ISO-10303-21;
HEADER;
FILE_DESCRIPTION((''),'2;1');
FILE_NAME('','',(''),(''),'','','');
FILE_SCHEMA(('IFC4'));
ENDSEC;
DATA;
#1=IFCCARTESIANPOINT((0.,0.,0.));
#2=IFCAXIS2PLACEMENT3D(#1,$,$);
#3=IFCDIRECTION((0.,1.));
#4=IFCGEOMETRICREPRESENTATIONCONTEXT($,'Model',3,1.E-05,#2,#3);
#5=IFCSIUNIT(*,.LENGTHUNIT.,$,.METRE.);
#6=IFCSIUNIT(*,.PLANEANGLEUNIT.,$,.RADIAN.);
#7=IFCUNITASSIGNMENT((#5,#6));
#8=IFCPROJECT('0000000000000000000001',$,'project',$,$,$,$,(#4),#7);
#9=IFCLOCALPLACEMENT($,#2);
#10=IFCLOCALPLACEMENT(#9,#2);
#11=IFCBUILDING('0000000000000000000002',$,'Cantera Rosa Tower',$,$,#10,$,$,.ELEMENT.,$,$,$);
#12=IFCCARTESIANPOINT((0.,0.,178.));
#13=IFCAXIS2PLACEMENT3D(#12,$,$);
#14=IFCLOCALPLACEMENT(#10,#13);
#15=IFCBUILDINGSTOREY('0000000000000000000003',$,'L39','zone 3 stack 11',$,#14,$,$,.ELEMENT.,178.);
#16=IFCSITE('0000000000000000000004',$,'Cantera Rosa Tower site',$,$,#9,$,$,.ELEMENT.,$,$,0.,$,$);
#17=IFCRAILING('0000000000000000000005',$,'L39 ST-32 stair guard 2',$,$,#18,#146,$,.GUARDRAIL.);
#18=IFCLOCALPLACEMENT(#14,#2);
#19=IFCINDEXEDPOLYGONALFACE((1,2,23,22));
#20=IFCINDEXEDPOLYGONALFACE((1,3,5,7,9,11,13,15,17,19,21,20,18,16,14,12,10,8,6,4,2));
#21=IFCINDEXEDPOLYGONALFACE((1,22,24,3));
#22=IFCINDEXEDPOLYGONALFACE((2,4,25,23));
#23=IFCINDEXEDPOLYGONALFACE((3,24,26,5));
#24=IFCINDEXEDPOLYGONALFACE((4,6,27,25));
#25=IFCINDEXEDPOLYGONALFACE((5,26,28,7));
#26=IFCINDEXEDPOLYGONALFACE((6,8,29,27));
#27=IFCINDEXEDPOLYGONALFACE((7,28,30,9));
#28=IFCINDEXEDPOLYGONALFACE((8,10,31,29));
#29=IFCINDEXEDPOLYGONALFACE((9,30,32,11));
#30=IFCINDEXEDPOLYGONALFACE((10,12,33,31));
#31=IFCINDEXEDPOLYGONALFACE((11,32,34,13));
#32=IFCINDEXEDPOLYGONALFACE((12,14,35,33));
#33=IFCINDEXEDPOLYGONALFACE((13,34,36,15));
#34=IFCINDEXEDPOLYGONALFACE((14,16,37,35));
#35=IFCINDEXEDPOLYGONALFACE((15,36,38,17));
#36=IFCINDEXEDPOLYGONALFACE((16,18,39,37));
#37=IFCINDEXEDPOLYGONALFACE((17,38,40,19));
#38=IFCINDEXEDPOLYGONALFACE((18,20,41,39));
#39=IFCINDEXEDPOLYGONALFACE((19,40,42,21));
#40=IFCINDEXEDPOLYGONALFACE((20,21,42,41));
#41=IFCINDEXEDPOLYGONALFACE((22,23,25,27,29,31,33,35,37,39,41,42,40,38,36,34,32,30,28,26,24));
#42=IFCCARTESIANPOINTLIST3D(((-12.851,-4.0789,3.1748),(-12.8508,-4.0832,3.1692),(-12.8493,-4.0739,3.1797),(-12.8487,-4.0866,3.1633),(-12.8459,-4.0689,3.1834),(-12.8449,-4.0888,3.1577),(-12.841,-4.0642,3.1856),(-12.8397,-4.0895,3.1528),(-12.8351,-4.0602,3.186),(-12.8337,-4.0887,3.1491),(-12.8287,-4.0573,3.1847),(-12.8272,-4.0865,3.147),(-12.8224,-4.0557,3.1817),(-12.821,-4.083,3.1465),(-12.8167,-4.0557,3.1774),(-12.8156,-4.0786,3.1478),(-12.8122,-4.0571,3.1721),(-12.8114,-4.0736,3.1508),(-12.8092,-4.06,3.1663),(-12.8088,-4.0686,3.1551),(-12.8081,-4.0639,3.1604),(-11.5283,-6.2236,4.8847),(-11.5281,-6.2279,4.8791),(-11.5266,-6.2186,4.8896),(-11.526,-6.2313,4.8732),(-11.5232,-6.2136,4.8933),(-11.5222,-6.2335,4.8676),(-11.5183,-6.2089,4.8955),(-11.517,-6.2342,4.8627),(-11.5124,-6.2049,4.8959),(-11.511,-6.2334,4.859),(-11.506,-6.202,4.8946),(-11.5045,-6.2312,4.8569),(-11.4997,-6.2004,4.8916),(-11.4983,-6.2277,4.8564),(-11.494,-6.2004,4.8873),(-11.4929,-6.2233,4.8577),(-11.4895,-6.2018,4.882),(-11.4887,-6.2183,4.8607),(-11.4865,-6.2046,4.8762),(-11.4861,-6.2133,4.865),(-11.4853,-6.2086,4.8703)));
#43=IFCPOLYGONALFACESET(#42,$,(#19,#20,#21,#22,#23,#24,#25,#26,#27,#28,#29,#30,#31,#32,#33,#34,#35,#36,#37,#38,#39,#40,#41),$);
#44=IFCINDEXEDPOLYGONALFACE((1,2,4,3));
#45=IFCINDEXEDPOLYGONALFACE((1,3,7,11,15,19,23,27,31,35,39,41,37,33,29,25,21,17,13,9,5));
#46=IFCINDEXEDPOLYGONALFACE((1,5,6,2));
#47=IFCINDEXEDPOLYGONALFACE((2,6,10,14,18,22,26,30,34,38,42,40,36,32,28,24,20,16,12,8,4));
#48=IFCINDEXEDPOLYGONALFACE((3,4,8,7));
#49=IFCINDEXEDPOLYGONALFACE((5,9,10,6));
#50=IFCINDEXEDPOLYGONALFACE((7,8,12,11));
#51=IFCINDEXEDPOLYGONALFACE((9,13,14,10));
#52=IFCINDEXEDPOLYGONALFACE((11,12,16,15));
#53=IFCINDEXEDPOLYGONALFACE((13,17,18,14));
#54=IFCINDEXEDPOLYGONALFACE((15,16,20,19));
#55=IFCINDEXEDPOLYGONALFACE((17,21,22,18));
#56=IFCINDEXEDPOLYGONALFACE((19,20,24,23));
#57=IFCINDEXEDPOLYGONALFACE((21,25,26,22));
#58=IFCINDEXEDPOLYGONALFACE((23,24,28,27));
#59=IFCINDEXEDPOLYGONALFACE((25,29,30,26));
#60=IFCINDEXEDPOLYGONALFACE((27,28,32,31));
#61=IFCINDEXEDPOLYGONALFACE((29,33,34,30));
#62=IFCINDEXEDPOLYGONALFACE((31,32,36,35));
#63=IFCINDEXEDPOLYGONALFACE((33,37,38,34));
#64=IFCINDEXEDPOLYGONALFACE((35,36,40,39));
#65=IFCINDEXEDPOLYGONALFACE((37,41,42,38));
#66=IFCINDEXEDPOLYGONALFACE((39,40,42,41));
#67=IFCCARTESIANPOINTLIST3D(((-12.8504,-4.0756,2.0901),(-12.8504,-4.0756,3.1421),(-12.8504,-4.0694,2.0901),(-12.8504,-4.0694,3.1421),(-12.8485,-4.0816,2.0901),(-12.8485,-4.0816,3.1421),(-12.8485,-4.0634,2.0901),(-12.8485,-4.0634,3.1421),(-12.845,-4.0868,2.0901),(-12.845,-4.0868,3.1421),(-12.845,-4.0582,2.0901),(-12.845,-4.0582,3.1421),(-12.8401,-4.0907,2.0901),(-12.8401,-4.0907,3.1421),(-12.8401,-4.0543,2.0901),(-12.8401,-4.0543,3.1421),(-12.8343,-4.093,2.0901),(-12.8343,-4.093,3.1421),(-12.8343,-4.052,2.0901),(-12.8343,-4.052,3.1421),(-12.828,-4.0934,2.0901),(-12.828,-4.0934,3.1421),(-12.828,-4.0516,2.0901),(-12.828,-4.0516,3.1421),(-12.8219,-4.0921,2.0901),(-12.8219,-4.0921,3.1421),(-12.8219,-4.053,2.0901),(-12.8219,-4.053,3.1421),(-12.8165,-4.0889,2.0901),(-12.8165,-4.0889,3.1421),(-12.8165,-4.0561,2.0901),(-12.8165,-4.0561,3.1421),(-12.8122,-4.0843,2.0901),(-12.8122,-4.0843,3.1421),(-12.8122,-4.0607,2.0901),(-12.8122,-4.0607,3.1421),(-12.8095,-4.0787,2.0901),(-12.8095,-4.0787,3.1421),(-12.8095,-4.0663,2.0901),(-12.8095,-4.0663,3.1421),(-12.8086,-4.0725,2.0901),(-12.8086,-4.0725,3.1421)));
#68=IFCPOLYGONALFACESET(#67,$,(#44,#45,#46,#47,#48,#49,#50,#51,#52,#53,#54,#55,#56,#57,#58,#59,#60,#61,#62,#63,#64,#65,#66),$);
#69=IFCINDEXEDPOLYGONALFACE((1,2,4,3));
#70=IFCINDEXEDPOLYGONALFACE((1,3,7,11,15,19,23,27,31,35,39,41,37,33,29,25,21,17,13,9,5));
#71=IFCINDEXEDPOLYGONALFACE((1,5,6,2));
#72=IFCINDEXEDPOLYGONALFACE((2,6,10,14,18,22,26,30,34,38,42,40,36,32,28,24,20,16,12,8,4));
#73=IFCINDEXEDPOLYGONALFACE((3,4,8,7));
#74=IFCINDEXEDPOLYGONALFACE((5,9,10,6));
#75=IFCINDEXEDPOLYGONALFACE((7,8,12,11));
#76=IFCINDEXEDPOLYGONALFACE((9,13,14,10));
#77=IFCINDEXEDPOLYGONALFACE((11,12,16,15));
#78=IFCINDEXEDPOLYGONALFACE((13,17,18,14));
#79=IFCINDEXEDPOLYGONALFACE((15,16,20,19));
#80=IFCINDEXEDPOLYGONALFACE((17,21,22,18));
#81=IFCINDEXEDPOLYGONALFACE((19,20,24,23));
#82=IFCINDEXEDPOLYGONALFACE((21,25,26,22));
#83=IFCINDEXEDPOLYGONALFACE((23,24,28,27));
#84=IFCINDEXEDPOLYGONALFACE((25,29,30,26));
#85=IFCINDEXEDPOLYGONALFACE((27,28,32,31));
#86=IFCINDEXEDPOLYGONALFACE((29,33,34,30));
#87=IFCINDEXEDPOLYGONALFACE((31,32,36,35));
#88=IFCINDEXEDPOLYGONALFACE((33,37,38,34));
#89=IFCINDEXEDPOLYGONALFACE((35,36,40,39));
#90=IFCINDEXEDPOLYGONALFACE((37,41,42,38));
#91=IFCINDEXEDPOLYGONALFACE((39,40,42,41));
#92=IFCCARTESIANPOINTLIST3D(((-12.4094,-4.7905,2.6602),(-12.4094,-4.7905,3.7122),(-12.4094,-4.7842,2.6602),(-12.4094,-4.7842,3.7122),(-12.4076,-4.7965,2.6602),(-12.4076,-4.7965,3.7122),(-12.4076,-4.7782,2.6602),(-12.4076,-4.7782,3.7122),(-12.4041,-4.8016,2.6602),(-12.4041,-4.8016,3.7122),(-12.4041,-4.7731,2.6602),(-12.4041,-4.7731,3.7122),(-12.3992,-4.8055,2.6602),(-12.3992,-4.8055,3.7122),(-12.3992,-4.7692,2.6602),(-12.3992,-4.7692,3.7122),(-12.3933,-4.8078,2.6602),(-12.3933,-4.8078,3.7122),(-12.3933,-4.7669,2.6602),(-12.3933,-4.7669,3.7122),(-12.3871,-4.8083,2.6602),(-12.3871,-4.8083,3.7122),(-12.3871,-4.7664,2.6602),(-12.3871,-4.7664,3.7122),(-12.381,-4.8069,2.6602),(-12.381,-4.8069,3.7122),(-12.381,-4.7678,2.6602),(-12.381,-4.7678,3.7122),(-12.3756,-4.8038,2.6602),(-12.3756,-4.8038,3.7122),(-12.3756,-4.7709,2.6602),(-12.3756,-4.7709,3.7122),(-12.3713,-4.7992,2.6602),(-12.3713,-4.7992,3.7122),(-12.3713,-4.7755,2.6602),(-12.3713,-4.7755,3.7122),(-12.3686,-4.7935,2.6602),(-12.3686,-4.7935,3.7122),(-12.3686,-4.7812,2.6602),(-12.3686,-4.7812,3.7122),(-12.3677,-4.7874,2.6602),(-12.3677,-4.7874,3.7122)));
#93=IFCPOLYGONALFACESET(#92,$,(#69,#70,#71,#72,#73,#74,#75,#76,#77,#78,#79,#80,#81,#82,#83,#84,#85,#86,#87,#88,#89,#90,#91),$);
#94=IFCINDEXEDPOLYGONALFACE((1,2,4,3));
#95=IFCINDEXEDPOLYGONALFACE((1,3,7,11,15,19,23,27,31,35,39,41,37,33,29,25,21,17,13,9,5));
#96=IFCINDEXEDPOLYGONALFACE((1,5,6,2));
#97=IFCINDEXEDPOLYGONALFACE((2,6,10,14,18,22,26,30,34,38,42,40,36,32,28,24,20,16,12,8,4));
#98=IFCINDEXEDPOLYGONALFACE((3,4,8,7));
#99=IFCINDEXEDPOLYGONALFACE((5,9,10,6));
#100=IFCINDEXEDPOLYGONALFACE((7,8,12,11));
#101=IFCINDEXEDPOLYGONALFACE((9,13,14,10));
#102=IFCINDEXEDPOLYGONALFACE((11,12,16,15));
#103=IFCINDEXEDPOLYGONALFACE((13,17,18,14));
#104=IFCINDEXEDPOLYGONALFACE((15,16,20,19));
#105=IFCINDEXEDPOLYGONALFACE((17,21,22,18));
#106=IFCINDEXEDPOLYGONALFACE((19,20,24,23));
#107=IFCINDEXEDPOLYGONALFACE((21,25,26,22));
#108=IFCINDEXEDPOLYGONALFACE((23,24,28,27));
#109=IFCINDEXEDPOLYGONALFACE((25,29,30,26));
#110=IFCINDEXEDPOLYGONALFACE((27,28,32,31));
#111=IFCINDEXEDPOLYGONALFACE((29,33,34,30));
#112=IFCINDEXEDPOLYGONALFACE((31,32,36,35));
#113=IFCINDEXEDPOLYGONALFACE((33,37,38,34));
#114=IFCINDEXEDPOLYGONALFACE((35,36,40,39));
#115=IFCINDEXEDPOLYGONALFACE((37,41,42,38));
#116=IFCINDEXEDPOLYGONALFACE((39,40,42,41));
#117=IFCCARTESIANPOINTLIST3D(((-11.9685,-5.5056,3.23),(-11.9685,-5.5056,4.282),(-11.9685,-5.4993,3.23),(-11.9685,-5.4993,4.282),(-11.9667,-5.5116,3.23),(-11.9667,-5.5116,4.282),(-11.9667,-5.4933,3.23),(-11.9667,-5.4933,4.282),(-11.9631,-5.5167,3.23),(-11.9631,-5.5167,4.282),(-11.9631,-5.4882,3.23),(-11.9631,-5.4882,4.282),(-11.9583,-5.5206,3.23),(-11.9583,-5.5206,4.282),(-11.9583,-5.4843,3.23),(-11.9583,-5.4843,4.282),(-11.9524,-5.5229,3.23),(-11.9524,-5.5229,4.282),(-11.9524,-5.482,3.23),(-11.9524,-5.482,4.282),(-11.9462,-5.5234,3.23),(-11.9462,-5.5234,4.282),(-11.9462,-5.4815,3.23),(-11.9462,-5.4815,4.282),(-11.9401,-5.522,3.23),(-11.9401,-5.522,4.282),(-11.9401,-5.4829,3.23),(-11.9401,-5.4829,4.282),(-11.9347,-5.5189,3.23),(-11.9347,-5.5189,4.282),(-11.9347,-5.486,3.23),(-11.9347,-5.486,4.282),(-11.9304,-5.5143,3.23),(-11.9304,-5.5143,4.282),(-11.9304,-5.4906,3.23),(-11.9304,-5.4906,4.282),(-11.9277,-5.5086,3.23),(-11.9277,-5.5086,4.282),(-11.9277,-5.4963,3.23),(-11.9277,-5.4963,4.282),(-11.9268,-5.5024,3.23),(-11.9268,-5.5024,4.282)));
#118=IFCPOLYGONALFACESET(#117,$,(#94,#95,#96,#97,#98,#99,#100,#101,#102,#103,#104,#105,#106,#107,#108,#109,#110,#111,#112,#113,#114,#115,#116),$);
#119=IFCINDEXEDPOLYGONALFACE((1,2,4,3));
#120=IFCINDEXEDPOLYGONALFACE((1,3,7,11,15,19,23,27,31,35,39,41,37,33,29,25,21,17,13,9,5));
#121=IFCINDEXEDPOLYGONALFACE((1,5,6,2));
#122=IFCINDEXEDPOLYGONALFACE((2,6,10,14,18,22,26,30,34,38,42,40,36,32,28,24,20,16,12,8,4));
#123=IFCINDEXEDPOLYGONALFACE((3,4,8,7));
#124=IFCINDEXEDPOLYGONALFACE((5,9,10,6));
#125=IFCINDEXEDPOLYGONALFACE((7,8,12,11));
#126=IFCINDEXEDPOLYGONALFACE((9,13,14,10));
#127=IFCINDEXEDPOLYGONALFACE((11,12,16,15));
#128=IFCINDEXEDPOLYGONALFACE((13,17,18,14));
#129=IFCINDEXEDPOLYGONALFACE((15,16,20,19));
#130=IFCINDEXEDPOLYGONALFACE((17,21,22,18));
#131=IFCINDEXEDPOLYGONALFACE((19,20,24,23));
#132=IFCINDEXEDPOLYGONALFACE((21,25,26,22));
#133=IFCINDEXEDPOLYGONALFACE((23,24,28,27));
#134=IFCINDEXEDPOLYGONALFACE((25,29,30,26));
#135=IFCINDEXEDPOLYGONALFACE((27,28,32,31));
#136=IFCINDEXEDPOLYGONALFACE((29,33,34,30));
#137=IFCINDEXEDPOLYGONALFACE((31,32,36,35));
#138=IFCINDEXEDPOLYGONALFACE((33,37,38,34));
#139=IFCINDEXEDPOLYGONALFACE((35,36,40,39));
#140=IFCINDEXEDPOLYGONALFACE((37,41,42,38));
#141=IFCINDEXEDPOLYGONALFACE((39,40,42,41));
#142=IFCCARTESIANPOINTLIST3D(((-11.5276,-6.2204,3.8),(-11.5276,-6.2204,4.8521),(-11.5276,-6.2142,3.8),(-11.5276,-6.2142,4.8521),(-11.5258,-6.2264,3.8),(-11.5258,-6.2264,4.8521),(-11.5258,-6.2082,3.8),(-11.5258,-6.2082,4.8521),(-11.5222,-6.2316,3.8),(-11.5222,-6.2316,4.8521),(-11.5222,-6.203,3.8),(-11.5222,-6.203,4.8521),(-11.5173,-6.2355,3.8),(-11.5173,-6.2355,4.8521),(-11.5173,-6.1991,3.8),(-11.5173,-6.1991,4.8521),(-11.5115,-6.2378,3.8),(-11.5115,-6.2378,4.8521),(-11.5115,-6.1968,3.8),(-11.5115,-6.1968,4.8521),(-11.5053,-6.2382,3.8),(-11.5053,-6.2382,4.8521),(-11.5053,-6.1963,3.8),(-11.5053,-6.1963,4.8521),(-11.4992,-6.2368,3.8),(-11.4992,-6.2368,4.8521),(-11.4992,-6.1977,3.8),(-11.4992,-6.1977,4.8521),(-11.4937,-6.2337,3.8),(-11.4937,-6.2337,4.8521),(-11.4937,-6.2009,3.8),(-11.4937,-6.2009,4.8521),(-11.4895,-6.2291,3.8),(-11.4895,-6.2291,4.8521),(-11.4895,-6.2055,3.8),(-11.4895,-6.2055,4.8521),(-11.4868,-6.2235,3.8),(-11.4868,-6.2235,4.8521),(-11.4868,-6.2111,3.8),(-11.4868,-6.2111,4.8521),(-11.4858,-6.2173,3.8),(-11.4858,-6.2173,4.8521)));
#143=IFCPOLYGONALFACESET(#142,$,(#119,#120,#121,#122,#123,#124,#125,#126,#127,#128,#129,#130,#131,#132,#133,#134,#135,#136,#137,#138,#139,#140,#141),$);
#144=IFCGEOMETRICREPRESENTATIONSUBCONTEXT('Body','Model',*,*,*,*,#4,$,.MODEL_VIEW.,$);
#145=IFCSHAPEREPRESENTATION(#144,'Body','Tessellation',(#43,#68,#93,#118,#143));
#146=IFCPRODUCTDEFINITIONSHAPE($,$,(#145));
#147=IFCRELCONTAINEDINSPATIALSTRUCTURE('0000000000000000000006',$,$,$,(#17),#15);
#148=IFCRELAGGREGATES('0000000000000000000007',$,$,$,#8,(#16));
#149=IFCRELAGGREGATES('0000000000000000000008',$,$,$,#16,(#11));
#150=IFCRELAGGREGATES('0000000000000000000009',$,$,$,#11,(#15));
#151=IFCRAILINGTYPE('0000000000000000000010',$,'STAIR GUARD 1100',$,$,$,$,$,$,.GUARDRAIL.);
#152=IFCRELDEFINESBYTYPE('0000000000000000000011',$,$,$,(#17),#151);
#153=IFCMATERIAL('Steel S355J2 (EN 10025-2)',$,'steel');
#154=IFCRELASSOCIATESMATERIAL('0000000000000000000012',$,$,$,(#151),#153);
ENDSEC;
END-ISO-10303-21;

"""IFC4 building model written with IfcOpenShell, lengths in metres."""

from ifc_helpers import new_model, si_unit, direction, frame, origin, origin_2d, place, context, subcontext, project, spatial, circle, extrude, material, type_object, element, save


model = new_model("IFC4")

# Units and contexts
model_context = context("Model", 3, precision=1e-05, world=origin(), true_north=direction((0.0, 1.0)))
body_context = subcontext(model_context, "Body", "Model", "MODEL_VIEW")
ifc_project = project(units=[si_unit("LENGTHUNIT", "METRE"), si_unit("PLANEANGLEUNIT", "RADIAN")], contexts=[model_context])

# Site, building, storey
site_placement = place(None, origin())
site = spatial("IfcSite", under=ifc_project, at=site_placement, Name="Cantera Rosa Tower site", CompositionType="ELEMENT", RefElevation=0.0)
building_placement = place(site_placement, origin())
building = spatial("IfcBuilding", under=site, at=building_placement, Name="Cantera Rosa Tower", CompositionType="ELEMENT")
storey_placement = place(building_placement, frame((0.0, 0.0, 178.0)))
storey = spatial("IfcBuildingStorey", under=building, at=storey_placement, Name="L39", Description="zone 3 stack 11", CompositionType="ELEMENT", Elevation=178.0)

# Railing
ifc_material_1 = material(Name="Steel S355J2 (EN 10025-2)", Category="steel")
railing_type = type_object("IfcRailingType", Name="STAIR GUARD 1100", PredefinedType="GUARDRAIL", material=ifc_material_1)
railing_1_placement = place(storey_placement, frame((-12.8296, -4.0725, 2.0901)))
element("IfcRailing", 1, at=railing_1_placement, inside=storey, type_object=railing_type, Name="L39 ST-32 stair guard 2", PredefinedType="GUARDRAIL", context=body_context, shape_type="SweptSolid", body=[
    extrude(circle(Radius=0.0239, at=origin_2d()), frame((0.0, 0.0, 1.0762), z_axis=(0.434363, -0.704296, 0.561513), x_axis=(0.851146, 0.52493, 0.0)), (0.0, 0.0, 1.0), 3.0452),
    extrude(circle(Radius=0.021, at=origin_2d()), origin(), (0.0, 0.0, 1.0), 1.052),
    extrude(circle(Radius=0.021, at=origin_2d()), frame((0.4409, -0.7148, 0.5701)), (0.0, 0.0, 1.0), 1.052),
    extrude(circle(Radius=0.021, at=origin_2d()), frame((0.8818, -1.4299, 1.1399)), (0.0, 0.0, 1.0), 1.052),
    extrude(circle(Radius=0.021, at=origin_2d()), frame((1.3228, -2.1448, 1.71)), (0.0, 0.0, 1.0), 1.052),
])

save(model, "model.ifc")
